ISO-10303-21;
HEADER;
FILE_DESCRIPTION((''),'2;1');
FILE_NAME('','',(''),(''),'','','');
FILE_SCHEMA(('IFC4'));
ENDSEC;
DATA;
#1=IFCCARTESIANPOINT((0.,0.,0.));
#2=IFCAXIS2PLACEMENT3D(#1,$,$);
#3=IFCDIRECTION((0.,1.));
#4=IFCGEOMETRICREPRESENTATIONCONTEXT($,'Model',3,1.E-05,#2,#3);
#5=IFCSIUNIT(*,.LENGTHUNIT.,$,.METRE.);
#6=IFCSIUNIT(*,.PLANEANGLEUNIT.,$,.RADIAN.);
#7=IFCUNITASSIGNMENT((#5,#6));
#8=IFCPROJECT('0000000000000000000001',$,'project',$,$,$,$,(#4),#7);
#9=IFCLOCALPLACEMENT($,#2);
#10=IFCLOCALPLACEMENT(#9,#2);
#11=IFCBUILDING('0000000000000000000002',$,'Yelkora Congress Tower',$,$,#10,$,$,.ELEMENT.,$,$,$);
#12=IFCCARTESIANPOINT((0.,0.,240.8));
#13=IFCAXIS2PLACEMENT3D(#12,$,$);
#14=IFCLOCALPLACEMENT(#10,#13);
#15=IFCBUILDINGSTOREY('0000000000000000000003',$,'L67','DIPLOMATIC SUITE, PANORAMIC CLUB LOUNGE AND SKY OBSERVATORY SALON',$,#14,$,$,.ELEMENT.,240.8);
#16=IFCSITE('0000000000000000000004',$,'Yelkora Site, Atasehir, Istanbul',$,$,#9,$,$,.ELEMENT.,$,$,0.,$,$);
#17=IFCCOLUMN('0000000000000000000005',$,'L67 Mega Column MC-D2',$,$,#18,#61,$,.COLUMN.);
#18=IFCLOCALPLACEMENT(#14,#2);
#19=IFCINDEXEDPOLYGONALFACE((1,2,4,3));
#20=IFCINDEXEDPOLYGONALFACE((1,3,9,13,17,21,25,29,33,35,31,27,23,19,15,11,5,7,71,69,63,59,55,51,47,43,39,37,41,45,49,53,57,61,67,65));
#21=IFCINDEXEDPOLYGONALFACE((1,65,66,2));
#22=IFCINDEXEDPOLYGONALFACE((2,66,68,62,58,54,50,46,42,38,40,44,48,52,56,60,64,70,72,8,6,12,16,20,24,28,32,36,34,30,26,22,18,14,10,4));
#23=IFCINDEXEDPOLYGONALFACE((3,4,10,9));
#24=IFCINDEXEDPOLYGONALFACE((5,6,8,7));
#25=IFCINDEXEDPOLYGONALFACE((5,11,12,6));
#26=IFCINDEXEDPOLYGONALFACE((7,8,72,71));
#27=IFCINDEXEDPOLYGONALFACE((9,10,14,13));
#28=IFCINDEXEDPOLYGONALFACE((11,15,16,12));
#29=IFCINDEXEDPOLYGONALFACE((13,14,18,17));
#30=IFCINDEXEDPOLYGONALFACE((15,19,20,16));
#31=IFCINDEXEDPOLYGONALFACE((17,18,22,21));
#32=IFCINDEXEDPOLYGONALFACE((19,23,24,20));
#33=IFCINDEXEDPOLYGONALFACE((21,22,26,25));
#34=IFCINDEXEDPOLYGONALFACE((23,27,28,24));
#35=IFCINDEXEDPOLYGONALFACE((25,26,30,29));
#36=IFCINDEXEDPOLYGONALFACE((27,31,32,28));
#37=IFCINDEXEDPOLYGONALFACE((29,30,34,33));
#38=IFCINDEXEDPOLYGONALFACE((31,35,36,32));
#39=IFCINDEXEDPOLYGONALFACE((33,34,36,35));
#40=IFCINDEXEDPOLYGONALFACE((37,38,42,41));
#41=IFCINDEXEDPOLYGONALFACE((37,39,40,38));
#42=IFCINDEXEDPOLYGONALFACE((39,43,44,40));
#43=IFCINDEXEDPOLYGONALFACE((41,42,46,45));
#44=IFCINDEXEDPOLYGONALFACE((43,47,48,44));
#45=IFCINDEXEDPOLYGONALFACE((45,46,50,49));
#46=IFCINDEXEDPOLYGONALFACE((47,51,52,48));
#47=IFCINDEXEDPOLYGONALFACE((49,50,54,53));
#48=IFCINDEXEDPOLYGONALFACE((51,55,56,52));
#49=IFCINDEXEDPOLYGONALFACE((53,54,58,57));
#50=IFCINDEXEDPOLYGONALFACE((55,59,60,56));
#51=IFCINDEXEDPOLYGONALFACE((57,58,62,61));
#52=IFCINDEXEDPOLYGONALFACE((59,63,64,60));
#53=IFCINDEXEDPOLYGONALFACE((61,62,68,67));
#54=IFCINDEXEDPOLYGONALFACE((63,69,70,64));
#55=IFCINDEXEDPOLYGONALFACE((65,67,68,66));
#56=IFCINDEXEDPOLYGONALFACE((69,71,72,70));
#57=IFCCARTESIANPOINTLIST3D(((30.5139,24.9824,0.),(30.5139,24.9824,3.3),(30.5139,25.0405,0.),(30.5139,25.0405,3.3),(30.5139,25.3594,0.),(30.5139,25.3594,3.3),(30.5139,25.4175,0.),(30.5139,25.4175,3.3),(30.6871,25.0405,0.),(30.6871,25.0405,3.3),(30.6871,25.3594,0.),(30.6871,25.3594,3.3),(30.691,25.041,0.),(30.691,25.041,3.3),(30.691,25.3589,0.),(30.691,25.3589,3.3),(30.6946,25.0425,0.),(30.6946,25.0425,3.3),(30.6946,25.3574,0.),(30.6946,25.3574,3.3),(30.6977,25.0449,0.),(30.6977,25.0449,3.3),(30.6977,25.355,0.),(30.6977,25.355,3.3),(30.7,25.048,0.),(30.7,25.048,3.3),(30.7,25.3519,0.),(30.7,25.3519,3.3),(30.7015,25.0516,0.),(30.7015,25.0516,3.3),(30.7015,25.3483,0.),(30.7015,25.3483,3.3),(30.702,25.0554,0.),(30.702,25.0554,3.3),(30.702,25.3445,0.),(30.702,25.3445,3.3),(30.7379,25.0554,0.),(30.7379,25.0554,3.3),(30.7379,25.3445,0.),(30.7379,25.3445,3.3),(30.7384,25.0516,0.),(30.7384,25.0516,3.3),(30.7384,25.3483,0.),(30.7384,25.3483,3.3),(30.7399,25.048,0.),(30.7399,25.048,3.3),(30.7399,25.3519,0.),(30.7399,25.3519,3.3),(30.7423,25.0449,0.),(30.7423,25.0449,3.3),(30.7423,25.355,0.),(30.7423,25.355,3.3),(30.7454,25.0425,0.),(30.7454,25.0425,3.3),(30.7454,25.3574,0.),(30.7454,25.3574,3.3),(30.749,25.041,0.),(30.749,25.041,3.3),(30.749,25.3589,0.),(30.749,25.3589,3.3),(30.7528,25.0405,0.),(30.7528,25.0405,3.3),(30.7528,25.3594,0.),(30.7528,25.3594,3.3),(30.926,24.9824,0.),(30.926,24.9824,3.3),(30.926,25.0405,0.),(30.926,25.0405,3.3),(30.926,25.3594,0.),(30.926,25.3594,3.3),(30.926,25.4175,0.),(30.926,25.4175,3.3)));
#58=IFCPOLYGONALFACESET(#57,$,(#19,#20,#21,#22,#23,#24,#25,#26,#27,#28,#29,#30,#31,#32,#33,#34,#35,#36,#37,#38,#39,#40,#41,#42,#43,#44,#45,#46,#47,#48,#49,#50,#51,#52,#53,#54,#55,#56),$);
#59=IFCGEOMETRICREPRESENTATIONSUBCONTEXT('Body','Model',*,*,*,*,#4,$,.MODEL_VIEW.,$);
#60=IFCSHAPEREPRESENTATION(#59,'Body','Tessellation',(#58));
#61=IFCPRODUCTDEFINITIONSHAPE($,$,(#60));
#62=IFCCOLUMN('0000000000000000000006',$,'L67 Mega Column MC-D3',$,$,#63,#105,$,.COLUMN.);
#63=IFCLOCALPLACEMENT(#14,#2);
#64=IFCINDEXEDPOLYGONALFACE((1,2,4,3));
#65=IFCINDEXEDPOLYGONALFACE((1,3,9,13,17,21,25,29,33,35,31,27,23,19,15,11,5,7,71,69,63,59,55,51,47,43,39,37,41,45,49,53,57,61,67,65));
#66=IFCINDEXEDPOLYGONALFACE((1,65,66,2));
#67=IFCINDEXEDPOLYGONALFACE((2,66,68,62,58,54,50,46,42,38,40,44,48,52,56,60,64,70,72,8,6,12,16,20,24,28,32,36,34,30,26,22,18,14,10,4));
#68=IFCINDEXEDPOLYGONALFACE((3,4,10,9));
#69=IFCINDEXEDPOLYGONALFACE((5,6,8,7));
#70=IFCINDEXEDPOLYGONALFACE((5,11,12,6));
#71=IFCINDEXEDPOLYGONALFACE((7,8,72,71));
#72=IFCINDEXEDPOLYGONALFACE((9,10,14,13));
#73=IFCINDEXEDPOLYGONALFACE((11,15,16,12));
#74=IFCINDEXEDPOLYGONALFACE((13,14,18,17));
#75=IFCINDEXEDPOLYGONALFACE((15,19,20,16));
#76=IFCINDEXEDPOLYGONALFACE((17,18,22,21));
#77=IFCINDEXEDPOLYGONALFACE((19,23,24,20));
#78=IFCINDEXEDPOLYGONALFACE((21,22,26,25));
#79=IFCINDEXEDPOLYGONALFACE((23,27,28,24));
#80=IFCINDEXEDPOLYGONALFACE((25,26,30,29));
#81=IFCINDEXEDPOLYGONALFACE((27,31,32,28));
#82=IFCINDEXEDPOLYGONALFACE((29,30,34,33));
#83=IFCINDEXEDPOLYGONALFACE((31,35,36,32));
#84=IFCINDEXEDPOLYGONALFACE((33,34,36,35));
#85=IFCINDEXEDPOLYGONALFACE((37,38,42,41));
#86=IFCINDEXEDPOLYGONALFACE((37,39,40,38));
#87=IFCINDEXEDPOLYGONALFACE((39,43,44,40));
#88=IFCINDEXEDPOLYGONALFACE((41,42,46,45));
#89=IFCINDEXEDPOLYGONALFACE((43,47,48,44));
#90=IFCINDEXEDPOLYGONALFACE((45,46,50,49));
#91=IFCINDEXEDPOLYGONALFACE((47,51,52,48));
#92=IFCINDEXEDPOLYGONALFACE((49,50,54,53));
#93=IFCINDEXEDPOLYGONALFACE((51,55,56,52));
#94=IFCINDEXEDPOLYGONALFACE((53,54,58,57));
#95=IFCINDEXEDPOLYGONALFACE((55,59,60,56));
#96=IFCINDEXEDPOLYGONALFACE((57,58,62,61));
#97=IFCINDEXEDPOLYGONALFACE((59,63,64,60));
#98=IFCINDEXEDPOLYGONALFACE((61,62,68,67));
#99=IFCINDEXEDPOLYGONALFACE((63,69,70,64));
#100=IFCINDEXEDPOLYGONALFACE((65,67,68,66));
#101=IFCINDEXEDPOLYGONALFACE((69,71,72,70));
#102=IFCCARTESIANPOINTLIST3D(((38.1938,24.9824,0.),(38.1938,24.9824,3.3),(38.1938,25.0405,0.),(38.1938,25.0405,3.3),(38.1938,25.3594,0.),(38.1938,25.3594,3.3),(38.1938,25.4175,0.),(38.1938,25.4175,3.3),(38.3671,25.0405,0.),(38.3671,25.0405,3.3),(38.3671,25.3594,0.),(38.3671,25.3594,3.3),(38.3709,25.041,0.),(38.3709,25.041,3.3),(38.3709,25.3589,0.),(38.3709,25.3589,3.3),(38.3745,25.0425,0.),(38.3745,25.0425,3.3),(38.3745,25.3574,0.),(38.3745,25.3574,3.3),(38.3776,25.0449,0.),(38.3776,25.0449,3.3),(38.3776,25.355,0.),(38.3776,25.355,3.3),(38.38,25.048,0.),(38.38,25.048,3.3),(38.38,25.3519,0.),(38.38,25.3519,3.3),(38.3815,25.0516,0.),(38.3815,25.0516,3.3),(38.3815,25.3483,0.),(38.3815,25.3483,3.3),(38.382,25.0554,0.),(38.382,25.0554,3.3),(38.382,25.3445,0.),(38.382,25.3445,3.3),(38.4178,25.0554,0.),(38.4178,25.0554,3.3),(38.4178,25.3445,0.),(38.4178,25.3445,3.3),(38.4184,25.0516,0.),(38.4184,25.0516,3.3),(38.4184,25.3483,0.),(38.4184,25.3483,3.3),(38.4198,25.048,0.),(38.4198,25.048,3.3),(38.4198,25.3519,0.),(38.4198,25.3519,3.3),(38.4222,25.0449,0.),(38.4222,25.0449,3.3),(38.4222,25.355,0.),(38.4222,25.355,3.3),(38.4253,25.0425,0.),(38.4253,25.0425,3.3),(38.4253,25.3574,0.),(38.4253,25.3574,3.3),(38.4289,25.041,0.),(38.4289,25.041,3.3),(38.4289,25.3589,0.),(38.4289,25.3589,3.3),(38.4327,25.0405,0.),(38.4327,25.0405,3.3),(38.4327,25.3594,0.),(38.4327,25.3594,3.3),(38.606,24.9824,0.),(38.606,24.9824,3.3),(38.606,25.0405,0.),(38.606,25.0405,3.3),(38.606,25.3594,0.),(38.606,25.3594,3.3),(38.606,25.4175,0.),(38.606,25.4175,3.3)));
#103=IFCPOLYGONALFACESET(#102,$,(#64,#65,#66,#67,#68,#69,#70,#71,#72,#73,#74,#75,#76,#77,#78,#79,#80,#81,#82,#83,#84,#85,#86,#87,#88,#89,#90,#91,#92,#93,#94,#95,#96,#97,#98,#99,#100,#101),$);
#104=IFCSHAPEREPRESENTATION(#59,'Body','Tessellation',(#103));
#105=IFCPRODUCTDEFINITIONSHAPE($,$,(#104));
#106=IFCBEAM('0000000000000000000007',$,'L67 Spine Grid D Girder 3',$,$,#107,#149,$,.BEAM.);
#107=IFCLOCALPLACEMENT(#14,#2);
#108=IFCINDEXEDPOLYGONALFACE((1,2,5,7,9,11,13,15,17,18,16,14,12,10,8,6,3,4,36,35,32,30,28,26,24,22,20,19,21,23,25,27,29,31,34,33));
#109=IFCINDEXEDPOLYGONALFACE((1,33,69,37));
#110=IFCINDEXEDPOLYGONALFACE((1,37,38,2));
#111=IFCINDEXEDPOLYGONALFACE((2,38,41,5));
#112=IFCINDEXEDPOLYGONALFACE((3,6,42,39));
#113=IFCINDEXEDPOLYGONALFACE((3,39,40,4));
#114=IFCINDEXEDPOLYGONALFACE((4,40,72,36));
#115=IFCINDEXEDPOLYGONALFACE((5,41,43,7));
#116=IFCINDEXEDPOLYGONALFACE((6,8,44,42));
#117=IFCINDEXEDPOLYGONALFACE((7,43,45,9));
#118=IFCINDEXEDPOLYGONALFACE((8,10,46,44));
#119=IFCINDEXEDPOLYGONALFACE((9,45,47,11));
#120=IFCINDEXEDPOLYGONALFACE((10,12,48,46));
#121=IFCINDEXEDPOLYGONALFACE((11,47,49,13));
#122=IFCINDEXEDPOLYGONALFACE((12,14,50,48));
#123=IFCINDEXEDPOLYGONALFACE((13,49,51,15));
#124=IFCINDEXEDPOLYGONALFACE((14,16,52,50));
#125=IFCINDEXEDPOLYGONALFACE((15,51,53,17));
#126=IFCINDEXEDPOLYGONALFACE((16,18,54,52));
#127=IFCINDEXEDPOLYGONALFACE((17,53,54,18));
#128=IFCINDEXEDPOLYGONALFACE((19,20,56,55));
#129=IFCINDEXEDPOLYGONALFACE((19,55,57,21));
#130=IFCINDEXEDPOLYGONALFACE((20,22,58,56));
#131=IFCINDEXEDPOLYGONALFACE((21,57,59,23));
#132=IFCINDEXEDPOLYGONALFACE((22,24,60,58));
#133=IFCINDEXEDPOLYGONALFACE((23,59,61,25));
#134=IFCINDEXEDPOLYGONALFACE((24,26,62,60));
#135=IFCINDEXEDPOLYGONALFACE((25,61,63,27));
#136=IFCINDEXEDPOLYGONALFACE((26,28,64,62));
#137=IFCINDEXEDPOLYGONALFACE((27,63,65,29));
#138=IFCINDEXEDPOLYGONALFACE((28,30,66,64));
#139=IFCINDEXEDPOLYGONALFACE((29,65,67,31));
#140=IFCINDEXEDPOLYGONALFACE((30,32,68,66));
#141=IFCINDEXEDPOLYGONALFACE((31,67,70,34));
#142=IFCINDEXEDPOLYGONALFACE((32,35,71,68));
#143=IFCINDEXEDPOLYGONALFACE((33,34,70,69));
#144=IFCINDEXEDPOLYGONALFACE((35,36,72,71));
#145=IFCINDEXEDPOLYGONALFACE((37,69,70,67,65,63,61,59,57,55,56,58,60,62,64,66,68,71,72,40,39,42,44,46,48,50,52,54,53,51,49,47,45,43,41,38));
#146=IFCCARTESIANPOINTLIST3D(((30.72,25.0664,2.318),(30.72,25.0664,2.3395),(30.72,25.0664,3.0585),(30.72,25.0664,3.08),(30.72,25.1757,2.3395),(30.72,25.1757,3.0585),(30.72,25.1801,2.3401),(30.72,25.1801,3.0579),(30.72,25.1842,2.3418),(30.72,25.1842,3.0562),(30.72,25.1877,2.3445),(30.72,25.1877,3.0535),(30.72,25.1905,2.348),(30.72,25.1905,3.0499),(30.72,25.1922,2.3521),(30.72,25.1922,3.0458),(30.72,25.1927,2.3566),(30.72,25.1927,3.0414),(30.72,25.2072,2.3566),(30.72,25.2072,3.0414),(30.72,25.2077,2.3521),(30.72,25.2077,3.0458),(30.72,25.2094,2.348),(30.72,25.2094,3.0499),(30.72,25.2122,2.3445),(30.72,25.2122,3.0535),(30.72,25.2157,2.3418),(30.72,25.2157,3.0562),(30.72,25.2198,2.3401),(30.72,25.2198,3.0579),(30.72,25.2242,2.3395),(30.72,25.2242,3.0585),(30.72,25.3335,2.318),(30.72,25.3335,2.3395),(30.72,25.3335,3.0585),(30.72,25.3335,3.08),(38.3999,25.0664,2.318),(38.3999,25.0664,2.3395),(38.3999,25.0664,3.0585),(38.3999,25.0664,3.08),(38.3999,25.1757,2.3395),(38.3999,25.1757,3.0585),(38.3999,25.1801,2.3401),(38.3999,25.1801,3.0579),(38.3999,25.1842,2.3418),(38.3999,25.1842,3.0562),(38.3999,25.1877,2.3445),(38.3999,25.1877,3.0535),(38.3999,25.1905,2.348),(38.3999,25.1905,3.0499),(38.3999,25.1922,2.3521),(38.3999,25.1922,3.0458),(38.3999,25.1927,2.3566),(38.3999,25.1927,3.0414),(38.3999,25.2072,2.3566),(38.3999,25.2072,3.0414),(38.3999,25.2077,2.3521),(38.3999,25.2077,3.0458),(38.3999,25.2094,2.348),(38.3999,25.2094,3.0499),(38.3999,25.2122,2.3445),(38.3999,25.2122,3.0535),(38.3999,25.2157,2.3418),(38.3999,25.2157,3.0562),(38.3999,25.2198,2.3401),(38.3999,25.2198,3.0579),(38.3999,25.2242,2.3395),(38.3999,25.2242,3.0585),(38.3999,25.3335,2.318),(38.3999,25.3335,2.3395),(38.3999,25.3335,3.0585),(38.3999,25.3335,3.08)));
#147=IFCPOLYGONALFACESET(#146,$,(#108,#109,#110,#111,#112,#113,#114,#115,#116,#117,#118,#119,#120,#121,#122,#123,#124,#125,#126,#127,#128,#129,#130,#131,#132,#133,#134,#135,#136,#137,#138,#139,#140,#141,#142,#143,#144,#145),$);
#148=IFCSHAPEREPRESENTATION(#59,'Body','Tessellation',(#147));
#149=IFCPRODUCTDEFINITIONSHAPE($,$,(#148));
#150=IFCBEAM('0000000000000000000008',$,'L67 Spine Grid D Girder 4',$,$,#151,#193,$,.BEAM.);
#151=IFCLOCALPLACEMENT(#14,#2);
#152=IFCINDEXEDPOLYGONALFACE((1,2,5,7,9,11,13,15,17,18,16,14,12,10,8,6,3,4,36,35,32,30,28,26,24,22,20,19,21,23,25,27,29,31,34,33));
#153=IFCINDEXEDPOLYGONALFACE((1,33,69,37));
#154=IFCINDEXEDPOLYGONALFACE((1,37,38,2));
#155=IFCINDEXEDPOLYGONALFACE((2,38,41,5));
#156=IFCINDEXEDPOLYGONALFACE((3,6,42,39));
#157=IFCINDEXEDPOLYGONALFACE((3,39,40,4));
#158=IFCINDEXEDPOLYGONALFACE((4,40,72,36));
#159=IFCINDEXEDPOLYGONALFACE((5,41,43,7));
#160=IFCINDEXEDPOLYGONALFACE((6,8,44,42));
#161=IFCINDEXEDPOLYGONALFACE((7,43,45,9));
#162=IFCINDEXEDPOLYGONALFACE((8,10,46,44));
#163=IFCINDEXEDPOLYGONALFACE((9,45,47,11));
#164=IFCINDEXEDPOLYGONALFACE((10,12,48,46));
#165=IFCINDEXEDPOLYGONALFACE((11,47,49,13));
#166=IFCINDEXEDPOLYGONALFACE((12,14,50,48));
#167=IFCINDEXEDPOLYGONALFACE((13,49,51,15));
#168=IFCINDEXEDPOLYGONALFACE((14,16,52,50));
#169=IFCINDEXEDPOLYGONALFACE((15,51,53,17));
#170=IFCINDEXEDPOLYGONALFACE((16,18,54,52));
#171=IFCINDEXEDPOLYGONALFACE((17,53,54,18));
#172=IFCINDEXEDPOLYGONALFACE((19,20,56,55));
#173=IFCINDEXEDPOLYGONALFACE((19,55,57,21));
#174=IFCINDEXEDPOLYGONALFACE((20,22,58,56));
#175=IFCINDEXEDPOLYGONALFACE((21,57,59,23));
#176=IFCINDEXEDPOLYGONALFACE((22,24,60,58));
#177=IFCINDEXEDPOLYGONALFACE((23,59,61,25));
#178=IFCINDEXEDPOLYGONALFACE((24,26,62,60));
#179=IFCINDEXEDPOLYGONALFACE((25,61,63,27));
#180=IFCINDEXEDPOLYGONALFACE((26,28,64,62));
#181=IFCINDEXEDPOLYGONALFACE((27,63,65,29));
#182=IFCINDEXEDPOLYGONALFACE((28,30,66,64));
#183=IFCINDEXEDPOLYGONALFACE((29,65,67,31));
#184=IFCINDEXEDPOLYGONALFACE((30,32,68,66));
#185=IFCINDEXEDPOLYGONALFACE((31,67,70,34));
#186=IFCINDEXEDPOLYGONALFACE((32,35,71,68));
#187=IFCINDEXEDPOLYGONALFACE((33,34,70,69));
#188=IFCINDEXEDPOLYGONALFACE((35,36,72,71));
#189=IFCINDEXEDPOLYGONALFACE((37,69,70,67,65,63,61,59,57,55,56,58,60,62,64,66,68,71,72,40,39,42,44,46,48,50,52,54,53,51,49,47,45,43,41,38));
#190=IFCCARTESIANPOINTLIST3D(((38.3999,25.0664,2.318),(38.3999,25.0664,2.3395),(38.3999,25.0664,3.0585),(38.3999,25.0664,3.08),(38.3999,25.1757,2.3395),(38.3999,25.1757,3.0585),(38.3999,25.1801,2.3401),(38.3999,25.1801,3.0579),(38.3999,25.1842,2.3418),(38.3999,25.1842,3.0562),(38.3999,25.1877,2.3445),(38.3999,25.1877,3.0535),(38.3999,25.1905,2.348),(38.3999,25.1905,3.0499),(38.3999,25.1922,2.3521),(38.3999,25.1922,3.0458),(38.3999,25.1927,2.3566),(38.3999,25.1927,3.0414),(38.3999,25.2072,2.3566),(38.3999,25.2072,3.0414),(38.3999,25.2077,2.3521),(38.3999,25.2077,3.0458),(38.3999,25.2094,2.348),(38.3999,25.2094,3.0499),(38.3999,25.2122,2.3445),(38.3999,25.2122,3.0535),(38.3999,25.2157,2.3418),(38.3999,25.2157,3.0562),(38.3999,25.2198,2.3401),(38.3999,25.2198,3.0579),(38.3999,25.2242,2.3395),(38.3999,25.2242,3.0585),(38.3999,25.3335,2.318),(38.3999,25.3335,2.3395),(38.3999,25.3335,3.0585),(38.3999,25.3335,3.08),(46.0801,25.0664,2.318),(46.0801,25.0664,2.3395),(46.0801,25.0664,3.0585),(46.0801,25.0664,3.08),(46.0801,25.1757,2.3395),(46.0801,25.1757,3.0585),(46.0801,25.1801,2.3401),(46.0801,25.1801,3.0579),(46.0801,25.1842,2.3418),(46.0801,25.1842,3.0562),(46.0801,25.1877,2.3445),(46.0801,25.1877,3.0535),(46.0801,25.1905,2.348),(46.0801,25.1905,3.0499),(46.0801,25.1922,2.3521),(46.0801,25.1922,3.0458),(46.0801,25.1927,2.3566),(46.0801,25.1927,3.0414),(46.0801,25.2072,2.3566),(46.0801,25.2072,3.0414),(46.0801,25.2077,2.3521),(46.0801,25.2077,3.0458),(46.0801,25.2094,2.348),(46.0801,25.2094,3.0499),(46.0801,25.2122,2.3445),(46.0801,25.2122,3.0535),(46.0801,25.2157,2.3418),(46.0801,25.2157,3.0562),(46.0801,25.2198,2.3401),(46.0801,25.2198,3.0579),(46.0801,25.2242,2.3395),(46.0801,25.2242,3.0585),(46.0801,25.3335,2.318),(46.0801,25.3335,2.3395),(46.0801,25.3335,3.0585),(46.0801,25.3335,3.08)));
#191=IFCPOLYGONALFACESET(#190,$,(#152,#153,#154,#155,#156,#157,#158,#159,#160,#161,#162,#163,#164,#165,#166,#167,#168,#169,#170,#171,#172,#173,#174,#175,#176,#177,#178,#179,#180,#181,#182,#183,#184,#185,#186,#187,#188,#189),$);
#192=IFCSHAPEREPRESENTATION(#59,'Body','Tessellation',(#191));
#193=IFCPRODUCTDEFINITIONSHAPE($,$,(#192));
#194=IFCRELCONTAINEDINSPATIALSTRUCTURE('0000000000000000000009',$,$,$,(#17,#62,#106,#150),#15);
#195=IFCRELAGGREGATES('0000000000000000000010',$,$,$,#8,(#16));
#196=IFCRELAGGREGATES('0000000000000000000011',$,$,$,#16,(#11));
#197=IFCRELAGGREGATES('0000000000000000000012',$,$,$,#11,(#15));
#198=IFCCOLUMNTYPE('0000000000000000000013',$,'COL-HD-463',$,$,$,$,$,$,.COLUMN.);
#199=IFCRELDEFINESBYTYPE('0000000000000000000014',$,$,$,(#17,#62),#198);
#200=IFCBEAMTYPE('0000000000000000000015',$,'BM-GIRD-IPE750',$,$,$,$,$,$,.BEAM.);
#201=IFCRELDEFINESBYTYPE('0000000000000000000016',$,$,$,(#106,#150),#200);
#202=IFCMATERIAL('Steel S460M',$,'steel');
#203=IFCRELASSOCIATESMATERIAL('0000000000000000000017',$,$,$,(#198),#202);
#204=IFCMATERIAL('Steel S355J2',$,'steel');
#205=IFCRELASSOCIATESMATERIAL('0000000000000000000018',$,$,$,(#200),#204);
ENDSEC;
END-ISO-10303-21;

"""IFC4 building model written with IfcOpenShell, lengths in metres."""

from ifc_helpers import new_model, si_unit, direction, frame, origin, origin_2d, place, context, subcontext, project, spatial, i_section, extrude, material, material_profile, profile_set, type_object, element, save


model = new_model("IFC4")

# Units and contexts
model_context = context("Model", 3, precision=1e-05, world=origin(), true_north=direction((0.0, 1.0)))
body_context = subcontext(model_context, "Body", "Model", "MODEL_VIEW")
ifc_project = project(units=[si_unit("LENGTHUNIT", "METRE"), si_unit("PLANEANGLEUNIT", "RADIAN")], contexts=[model_context])

# Site, building, storey
site_placement = place(None, origin())
site = spatial("IfcSite", under=ifc_project, at=site_placement, Name="Yelkora Site, Atasehir, Istanbul", CompositionType="ELEMENT", RefElevation=0.0)
building_placement = place(site_placement, origin())
building = spatial("IfcBuilding", under=site, at=building_placement, Name="Yelkora Congress Tower", CompositionType="ELEMENT")
storey_placement = place(building_placement, frame((0.0, 0.0, 240.8)))
storey = spatial("IfcBuildingStorey", under=building, at=storey_placement, Name="L67", Description="DIPLOMATIC SUITE, PANORAMIC CLUB LOUNGE AND SKY OBSERVATORY SALON", CompositionType="ELEMENT", Elevation=240.8)

# Columns
ifc_material_1 = material(Name="Steel S460M", Category="steel")
ifc_material_profile_1 = material_profile(ifc_material_1, i_section(OverallWidth=0.4121, OverallDepth=0.4351, WebThickness=0.0359, FlangeThickness=0.0581, FilletRadius=0.0149, at=origin_2d()), Name="HD 400x463")
ifc_profile_set_1 = profile_set([ifc_material_profile_1], Name="Steel S460M")
column_type = type_object("IfcColumnType", Name="COL-HD-463", PredefinedType="COLUMN", material=ifc_profile_set_1)
for number, where, z_axis, x_axis, name in (
    (1, (30.72, 25.2, 0.0), (0.0, 0.0, 1.0), (1.0, 0.0, 0.0), "L67 Mega Column MC-D2"),
    (2, (38.3999, 25.2, 0.0), (0.0, 0.0, 1.0), (1.0, 0.0, 0.0), "L67 Mega Column MC-D3"),
):
    element("IfcColumn", number, at=place(storey_placement, frame(where, z_axis=z_axis, x_axis=x_axis)), inside=storey, type_object=column_type, Name=name, PredefinedType="COLUMN", context=body_context, shape_type="SweptSolid", body=[
        extrude(i_section(OverallWidth=0.4121, OverallDepth=0.4351, WebThickness=0.0359, FlangeThickness=0.0581, FilletRadius=0.0149, at=origin_2d()), origin(), (0.0, 0.0, 1.0), 3.3),
    ])

# Beams
ifc_material_2 = material(Name="Steel S355J2", Category="steel")
ifc_material_profile_2 = material_profile(ifc_material_2, i_section(OverallWidth=0.2671, OverallDepth=0.762, WebThickness=0.0144, FlangeThickness=0.0215, FilletRadius=0.0171, at=origin_2d()), Name="IPE 750x173")
ifc_profile_set_2 = profile_set([ifc_material_profile_2], Name="Steel S355J2")
beam_type = type_object("IfcBeamType", Name="BM-GIRD-IPE750", PredefinedType="BEAM", material=ifc_profile_set_2)
beam_1_placement = place(storey_placement, frame((30.72, 25.2, 2.699), z_axis=(1.0, 0.0, 0.0), x_axis=(0.0, 1.0, 0.0)))
element("IfcBeam", 3, at=beam_1_placement, inside=storey, type_object=beam_type, Name="L67 Spine Grid D Girder 3", PredefinedType="BEAM", context=body_context, shape_type="SweptSolid", body=[
    extrude(i_section(OverallWidth=0.2671, OverallDepth=0.762, WebThickness=0.0144, FlangeThickness=0.0215, FilletRadius=0.0171, at=origin_2d()), origin(), (0.0, 0.0, 1.0), 7.6799),
])
beam_2_placement = place(storey_placement, frame((38.3999, 25.2, 2.699), z_axis=(1.0, 0.0, 0.0), x_axis=(0.0, 1.0, 0.0)))
element("IfcBeam", 4, at=beam_2_placement, inside=storey, type_object=beam_type, Name="L67 Spine Grid D Girder 4", PredefinedType="BEAM", context=body_context, shape_type="SweptSolid", body=[
    extrude(i_section(OverallWidth=0.2671, OverallDepth=0.762, WebThickness=0.0144, FlangeThickness=0.0215, FilletRadius=0.0171, at=origin_2d()), origin(), (0.0, 0.0, 1.0), 7.6802),
])

save(model, "model.ifc")
